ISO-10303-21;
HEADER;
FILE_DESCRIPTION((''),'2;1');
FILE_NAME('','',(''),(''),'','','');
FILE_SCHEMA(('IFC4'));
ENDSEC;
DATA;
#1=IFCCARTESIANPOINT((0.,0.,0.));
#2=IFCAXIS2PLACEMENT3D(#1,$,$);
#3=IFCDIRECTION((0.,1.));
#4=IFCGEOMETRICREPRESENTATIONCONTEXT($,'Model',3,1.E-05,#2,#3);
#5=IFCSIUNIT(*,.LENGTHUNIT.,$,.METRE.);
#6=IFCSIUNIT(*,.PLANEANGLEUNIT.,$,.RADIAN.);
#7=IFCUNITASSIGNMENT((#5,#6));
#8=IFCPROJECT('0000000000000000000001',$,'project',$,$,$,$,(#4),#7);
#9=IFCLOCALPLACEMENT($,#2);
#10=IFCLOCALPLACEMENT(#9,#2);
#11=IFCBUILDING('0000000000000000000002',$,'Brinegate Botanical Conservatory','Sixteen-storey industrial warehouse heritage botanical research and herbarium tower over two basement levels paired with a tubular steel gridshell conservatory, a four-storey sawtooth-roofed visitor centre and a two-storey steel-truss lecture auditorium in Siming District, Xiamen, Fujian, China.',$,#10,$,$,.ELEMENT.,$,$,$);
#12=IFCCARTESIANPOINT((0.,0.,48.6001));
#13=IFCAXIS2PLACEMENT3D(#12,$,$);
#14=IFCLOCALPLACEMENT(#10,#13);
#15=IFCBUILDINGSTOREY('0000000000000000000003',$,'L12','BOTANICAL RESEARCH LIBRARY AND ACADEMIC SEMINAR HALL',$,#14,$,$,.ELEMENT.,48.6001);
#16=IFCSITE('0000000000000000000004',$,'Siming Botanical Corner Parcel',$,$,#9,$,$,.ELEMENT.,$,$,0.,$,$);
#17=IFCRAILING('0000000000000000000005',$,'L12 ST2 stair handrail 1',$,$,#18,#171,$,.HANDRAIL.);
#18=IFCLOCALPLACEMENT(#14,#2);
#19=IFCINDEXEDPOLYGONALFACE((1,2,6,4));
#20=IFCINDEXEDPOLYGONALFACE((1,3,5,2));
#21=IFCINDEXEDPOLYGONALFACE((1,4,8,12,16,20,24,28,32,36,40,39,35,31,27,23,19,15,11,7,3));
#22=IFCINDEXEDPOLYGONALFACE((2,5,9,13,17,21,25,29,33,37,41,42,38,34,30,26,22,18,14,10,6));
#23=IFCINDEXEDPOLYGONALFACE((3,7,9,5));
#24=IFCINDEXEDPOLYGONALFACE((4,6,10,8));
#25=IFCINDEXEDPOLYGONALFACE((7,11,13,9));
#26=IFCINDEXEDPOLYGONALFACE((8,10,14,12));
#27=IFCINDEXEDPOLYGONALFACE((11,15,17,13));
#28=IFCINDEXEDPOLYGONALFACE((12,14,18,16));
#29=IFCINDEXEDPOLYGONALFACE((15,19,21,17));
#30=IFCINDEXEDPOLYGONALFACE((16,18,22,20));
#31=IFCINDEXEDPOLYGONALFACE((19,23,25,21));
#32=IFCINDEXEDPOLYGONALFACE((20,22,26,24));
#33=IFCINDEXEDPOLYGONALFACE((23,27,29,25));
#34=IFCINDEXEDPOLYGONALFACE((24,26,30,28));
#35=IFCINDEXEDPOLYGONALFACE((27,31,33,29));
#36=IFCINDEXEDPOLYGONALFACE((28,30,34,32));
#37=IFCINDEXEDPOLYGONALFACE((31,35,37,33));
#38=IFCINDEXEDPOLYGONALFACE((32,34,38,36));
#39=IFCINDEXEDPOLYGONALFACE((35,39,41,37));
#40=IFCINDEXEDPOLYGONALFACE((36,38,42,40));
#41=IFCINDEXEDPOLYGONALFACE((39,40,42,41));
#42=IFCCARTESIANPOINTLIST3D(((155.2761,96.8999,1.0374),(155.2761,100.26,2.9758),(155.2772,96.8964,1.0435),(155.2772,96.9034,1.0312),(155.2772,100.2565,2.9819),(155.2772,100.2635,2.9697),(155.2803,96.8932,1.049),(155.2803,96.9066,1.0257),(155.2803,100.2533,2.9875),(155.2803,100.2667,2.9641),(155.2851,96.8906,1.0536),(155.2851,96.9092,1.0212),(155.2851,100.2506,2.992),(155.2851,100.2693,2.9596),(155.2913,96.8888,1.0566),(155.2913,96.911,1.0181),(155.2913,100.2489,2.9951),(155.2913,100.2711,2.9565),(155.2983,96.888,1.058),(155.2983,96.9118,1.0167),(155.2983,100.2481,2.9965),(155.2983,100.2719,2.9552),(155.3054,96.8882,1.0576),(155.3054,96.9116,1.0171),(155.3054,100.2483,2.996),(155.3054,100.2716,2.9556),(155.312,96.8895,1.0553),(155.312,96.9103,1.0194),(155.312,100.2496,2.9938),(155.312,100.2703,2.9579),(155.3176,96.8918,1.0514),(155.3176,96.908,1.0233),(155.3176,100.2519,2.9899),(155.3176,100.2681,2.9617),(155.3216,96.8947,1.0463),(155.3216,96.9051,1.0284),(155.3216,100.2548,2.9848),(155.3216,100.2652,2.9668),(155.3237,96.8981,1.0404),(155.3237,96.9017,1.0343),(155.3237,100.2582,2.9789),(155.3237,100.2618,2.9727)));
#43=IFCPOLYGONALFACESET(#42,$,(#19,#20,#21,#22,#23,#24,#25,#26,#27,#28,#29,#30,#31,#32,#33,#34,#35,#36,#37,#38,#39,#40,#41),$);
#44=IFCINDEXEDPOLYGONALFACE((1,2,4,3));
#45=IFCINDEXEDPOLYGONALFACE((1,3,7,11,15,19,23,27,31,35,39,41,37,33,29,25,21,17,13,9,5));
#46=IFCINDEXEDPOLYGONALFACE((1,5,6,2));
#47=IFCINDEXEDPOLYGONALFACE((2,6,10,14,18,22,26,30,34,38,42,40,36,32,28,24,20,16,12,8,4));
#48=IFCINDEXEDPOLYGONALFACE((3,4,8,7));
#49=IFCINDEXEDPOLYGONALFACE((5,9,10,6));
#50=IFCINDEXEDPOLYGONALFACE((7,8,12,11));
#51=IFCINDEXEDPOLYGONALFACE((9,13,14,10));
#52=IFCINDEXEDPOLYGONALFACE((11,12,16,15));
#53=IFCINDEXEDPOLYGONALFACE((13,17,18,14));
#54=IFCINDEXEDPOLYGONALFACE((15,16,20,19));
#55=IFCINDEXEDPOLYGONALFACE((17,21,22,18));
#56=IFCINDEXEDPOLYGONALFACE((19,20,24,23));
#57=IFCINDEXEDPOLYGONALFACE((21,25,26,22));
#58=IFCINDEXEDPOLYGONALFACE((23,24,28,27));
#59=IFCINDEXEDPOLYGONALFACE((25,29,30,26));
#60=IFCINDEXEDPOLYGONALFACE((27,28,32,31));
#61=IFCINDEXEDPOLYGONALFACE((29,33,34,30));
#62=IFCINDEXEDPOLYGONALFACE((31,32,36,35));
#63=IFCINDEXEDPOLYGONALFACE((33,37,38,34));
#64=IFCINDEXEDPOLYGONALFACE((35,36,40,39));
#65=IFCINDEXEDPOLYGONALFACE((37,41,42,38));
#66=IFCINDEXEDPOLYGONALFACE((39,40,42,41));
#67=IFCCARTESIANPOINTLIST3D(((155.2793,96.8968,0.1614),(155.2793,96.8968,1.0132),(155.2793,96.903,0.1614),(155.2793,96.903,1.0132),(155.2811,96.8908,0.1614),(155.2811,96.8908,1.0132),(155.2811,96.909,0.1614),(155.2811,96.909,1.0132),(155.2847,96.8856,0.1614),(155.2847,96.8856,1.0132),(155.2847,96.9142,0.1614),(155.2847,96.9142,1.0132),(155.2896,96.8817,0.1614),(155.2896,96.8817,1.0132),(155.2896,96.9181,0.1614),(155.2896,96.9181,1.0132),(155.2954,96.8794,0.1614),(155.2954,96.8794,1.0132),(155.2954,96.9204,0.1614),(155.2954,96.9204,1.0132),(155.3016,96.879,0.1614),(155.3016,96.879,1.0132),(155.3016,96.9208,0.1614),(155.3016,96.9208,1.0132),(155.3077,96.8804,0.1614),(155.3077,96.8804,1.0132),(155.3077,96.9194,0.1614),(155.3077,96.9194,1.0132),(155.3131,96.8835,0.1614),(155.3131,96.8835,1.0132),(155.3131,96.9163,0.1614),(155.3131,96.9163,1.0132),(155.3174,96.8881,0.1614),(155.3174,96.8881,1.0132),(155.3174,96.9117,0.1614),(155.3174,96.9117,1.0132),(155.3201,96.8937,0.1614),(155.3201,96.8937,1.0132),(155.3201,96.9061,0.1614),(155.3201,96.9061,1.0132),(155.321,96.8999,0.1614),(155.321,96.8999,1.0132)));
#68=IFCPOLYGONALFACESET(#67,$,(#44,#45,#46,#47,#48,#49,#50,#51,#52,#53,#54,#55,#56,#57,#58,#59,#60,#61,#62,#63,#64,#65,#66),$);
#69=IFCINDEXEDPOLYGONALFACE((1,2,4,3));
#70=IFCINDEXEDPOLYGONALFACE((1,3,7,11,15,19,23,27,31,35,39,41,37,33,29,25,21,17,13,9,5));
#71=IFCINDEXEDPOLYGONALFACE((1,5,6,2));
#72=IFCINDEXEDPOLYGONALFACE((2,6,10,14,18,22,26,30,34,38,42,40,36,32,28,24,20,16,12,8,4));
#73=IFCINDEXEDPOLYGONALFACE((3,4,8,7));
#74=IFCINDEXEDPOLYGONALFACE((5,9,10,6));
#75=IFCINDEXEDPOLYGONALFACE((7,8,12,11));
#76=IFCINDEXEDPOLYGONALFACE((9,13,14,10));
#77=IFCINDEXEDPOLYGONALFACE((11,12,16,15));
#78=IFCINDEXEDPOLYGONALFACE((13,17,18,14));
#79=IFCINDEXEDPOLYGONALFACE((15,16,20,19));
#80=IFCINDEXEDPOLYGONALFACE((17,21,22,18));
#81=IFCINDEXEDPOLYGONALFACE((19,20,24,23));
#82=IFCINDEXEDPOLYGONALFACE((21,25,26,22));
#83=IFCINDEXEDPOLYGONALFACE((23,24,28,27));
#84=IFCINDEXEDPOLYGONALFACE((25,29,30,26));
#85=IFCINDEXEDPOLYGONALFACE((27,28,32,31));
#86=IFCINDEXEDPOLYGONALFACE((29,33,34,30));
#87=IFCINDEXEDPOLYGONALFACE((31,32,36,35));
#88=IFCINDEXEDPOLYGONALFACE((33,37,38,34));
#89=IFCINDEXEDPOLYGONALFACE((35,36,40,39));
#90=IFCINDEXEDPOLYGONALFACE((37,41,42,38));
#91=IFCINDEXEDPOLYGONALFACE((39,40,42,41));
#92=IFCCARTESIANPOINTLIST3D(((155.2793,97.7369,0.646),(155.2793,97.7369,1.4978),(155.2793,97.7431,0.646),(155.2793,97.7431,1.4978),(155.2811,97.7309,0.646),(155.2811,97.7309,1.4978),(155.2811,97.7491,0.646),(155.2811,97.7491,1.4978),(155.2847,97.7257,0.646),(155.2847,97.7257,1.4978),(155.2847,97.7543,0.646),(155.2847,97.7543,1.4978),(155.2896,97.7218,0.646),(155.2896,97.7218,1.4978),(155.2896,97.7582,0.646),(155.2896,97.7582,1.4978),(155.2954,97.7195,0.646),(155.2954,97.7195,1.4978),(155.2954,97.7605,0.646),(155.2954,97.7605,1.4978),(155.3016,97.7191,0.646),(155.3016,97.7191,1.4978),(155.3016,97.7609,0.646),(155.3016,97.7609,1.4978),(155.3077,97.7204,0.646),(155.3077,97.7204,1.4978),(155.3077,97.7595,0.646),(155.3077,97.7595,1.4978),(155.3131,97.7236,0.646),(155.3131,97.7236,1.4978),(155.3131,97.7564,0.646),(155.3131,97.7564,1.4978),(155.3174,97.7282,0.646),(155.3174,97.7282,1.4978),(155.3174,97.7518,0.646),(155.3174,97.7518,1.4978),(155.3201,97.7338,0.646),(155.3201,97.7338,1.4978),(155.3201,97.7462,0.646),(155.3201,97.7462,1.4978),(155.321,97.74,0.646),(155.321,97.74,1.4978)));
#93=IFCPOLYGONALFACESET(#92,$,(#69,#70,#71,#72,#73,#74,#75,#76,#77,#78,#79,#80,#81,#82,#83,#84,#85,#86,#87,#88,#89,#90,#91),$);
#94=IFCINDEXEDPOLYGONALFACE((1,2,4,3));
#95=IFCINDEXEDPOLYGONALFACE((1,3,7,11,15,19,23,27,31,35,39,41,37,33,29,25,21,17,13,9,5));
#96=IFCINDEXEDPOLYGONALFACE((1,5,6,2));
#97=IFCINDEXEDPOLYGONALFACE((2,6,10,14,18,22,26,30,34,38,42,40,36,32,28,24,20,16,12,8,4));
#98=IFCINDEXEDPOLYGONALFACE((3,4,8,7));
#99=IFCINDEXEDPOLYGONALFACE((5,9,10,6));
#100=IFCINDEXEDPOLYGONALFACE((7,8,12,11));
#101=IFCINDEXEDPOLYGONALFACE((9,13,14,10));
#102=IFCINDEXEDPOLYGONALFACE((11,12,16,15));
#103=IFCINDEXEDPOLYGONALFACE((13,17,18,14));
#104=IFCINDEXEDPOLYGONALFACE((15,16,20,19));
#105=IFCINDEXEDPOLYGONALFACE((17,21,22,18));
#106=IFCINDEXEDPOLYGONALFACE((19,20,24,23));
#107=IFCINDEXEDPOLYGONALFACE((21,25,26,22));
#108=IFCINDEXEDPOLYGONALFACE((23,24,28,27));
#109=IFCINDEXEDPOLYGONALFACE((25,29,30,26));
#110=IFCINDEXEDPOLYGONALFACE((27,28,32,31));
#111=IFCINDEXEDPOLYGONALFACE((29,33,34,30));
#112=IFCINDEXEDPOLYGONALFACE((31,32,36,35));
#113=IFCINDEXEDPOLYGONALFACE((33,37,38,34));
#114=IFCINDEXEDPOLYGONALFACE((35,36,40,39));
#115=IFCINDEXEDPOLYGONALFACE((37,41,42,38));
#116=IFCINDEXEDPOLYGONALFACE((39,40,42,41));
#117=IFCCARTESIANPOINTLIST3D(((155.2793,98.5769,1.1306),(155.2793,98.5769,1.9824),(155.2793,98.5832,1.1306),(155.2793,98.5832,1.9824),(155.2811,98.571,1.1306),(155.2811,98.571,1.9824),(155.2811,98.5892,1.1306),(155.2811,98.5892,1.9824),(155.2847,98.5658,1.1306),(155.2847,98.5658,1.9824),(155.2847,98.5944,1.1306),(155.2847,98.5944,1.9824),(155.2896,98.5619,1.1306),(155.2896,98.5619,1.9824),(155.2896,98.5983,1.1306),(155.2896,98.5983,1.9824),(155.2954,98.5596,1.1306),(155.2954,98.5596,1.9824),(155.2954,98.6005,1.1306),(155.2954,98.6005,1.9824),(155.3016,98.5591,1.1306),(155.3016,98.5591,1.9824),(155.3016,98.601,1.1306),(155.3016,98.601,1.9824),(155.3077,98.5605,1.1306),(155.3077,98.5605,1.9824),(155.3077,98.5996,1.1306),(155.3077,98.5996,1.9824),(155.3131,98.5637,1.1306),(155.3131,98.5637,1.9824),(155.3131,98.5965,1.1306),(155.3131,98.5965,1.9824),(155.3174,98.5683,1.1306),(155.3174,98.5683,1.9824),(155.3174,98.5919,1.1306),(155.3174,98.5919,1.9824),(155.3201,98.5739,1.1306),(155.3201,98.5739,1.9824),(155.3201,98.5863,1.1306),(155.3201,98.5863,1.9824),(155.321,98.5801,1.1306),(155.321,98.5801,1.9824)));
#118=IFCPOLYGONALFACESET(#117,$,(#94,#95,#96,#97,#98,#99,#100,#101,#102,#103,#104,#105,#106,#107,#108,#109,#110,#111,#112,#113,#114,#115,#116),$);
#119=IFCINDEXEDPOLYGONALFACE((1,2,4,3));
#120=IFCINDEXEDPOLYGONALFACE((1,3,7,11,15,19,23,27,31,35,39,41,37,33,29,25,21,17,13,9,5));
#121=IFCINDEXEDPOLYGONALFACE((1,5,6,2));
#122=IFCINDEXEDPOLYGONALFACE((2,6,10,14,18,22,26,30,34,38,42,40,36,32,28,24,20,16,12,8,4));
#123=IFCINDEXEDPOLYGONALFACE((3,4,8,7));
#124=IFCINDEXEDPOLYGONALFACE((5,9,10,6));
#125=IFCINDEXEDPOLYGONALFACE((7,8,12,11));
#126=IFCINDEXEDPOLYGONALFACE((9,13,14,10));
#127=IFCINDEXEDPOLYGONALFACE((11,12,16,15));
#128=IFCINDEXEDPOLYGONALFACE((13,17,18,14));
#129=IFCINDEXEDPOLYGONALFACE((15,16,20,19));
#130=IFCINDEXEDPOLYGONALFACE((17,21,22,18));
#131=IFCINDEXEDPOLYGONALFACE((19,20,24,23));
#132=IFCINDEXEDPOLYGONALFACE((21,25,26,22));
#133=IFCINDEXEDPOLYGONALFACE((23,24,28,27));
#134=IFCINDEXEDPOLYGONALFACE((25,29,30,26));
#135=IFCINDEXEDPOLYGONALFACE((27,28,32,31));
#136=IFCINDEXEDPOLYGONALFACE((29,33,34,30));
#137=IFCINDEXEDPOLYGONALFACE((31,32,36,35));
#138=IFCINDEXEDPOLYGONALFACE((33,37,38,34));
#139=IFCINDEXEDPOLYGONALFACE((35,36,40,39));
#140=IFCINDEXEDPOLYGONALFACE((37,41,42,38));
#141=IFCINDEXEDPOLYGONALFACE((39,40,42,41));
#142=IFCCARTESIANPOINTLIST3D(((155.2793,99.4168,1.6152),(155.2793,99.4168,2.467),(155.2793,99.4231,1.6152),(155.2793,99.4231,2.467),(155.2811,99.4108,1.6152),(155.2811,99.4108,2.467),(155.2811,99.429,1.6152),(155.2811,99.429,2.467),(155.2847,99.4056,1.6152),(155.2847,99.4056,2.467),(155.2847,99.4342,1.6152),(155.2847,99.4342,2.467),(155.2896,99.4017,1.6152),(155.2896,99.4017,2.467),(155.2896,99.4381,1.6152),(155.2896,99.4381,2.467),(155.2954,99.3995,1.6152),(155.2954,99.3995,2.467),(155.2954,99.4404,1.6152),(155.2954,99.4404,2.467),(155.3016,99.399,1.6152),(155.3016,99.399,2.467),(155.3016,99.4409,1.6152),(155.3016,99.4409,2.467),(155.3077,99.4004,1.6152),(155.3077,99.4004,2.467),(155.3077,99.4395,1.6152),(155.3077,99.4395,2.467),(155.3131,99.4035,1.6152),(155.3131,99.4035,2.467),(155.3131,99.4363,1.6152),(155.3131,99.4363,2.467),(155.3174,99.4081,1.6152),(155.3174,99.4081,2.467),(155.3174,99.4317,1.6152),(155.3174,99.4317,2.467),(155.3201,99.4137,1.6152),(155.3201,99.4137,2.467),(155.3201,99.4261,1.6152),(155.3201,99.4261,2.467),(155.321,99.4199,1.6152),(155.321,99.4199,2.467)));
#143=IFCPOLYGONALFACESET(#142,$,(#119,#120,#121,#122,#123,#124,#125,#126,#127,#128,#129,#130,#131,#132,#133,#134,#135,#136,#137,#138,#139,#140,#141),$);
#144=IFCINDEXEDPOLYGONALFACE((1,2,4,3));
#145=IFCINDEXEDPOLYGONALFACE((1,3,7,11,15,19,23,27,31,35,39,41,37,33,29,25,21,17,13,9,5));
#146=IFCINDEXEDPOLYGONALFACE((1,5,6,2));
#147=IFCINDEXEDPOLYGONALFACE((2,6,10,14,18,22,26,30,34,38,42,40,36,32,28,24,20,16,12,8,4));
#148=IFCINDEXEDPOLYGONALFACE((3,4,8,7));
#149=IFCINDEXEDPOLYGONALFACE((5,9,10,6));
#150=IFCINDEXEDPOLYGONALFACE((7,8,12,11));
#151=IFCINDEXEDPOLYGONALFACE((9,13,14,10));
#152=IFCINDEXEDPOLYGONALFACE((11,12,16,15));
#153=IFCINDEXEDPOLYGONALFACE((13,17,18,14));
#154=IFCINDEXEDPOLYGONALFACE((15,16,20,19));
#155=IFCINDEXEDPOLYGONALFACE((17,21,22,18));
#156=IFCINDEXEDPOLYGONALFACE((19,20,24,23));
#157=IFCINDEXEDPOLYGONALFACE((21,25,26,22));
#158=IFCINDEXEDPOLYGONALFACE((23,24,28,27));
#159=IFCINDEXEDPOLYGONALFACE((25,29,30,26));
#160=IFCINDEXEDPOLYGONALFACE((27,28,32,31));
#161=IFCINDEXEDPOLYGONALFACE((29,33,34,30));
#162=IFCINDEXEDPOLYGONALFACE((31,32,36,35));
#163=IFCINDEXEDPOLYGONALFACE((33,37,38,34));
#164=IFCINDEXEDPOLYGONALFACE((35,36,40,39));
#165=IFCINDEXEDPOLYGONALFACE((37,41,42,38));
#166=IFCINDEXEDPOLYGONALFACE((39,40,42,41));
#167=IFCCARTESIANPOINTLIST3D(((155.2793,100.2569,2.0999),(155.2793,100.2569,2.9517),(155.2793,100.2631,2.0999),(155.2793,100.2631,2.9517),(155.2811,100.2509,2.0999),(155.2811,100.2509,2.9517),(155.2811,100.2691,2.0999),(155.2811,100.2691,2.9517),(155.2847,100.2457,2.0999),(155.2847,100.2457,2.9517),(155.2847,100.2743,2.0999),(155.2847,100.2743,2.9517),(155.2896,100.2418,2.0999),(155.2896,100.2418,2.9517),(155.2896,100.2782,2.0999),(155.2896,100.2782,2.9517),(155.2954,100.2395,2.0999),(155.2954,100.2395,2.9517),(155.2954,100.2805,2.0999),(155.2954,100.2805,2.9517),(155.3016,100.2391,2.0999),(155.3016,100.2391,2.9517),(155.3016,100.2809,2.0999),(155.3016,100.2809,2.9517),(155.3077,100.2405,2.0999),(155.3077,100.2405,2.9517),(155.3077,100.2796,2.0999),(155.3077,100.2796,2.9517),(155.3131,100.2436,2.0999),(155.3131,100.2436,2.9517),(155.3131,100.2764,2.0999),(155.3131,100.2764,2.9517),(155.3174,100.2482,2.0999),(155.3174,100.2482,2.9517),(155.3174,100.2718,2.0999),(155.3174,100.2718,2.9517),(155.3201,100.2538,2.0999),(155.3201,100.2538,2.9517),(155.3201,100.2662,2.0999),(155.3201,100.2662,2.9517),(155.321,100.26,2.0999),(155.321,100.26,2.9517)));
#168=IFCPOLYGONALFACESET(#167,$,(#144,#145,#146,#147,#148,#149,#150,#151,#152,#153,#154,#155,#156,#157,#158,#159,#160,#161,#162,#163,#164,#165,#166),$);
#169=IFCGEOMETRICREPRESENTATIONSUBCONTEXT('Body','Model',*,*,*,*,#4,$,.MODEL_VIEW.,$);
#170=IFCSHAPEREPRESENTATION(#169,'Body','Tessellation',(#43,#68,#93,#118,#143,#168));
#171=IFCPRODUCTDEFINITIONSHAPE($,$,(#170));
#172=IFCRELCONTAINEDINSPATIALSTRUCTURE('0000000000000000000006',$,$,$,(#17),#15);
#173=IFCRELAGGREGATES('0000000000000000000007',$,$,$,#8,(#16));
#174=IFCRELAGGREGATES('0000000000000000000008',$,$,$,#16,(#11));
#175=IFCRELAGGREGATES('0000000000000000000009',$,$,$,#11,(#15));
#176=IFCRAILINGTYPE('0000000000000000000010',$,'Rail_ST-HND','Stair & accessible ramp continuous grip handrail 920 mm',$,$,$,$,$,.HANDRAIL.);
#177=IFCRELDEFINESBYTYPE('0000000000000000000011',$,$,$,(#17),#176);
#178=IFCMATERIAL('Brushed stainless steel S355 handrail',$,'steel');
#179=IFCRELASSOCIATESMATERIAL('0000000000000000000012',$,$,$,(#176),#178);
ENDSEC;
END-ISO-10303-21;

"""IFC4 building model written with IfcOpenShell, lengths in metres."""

from ifc_helpers import new_model, si_unit, direction, frame, origin, origin_2d, place, context, subcontext, project, spatial, circle, extrude, material, type_object, element, save


model = new_model("IFC4")

# Units and contexts
model_context = context("Model", 3, precision=1e-05, world=origin(), true_north=direction((0.0, 1.0)))
body_context = subcontext(model_context, "Body", "Model", "MODEL_VIEW")
ifc_project = project(units=[si_unit("LENGTHUNIT", "METRE"), si_unit("PLANEANGLEUNIT", "RADIAN")], contexts=[model_context])

# Site, building, storey
site_placement = place(None, origin())
site = spatial("IfcSite", under=ifc_project, at=site_placement, Name="Siming Botanical Corner Parcel", CompositionType="ELEMENT", RefElevation=0.0)
building_placement = place(site_placement, origin())
building = spatial("IfcBuilding", under=site, at=building_placement, Name="Brinegate Botanical Conservatory", Description="Sixteen-storey industrial warehouse heritage botanical research and herbarium tower over two basement levels paired with a tubular steel gridshell conservatory, a four-storey sawtooth-roofed visitor centre and a two-storey steel-truss lecture auditorium in Siming District, Xiamen, Fujian, China.", CompositionType="ELEMENT")
storey_placement = place(building_placement, frame((0.0, 0.0, 48.6001)))
storey = spatial("IfcBuildingStorey", under=building, at=storey_placement, Name="L12", Description="BOTANICAL RESEARCH LIBRARY AND ACADEMIC SEMINAR HALL", CompositionType="ELEMENT", Elevation=48.6001)

# Railing
ifc_material_1 = material(Name="Brushed stainless steel S355 handrail", Category="steel")
railing_type_1 = type_object("IfcRailingType", Name="Rail_ST-HND", Description="Stair & accessible ramp continuous grip handrail 920 mm", PredefinedType="HANDRAIL", material=ifc_material_1)
railing_1_placement = place(storey_placement, frame((155.3, 96.8999, 0.1614)))
element("IfcRailing", 1, at=railing_1_placement, inside=storey, type_object=railing_type_1, Name="L12 ST2 stair handrail 1", PredefinedType="HANDRAIL", context=body_context, shape_type="SweptSolid", body=[
    extrude(circle(Radius=0.0239, at=origin_2d()), frame((0.0, 0.0, 0.876), z_axis=(0.0, 0.866191, 0.499713), x_axis=(-1.0, 0.0, 0.0)), (0.0, 0.0, 1.0), 3.8792),
    extrude(circle(Radius=0.021, at=origin_2d()), origin(), (0.0, 0.0, 1.0), 0.8518),
    extrude(circle(Radius=0.021, at=origin_2d()), frame((0.0, 0.8401, 0.4846)), (0.0, 0.0, 1.0), 0.8518),
    extrude(circle(Radius=0.021, at=origin_2d()), frame((0.0, 1.6802, 0.9692)), (0.0, 0.0, 1.0), 0.8518),
    extrude(circle(Radius=0.021, at=origin_2d()), frame((0.0, 2.52, 1.4539)), (0.0, 0.0, 1.0), 0.8518),
    extrude(circle(Radius=0.021, at=origin_2d()), frame((0.0, 3.3601, 1.9385)), (0.0, 0.0, 1.0), 0.8518),
])

save(model, "model.ifc")
